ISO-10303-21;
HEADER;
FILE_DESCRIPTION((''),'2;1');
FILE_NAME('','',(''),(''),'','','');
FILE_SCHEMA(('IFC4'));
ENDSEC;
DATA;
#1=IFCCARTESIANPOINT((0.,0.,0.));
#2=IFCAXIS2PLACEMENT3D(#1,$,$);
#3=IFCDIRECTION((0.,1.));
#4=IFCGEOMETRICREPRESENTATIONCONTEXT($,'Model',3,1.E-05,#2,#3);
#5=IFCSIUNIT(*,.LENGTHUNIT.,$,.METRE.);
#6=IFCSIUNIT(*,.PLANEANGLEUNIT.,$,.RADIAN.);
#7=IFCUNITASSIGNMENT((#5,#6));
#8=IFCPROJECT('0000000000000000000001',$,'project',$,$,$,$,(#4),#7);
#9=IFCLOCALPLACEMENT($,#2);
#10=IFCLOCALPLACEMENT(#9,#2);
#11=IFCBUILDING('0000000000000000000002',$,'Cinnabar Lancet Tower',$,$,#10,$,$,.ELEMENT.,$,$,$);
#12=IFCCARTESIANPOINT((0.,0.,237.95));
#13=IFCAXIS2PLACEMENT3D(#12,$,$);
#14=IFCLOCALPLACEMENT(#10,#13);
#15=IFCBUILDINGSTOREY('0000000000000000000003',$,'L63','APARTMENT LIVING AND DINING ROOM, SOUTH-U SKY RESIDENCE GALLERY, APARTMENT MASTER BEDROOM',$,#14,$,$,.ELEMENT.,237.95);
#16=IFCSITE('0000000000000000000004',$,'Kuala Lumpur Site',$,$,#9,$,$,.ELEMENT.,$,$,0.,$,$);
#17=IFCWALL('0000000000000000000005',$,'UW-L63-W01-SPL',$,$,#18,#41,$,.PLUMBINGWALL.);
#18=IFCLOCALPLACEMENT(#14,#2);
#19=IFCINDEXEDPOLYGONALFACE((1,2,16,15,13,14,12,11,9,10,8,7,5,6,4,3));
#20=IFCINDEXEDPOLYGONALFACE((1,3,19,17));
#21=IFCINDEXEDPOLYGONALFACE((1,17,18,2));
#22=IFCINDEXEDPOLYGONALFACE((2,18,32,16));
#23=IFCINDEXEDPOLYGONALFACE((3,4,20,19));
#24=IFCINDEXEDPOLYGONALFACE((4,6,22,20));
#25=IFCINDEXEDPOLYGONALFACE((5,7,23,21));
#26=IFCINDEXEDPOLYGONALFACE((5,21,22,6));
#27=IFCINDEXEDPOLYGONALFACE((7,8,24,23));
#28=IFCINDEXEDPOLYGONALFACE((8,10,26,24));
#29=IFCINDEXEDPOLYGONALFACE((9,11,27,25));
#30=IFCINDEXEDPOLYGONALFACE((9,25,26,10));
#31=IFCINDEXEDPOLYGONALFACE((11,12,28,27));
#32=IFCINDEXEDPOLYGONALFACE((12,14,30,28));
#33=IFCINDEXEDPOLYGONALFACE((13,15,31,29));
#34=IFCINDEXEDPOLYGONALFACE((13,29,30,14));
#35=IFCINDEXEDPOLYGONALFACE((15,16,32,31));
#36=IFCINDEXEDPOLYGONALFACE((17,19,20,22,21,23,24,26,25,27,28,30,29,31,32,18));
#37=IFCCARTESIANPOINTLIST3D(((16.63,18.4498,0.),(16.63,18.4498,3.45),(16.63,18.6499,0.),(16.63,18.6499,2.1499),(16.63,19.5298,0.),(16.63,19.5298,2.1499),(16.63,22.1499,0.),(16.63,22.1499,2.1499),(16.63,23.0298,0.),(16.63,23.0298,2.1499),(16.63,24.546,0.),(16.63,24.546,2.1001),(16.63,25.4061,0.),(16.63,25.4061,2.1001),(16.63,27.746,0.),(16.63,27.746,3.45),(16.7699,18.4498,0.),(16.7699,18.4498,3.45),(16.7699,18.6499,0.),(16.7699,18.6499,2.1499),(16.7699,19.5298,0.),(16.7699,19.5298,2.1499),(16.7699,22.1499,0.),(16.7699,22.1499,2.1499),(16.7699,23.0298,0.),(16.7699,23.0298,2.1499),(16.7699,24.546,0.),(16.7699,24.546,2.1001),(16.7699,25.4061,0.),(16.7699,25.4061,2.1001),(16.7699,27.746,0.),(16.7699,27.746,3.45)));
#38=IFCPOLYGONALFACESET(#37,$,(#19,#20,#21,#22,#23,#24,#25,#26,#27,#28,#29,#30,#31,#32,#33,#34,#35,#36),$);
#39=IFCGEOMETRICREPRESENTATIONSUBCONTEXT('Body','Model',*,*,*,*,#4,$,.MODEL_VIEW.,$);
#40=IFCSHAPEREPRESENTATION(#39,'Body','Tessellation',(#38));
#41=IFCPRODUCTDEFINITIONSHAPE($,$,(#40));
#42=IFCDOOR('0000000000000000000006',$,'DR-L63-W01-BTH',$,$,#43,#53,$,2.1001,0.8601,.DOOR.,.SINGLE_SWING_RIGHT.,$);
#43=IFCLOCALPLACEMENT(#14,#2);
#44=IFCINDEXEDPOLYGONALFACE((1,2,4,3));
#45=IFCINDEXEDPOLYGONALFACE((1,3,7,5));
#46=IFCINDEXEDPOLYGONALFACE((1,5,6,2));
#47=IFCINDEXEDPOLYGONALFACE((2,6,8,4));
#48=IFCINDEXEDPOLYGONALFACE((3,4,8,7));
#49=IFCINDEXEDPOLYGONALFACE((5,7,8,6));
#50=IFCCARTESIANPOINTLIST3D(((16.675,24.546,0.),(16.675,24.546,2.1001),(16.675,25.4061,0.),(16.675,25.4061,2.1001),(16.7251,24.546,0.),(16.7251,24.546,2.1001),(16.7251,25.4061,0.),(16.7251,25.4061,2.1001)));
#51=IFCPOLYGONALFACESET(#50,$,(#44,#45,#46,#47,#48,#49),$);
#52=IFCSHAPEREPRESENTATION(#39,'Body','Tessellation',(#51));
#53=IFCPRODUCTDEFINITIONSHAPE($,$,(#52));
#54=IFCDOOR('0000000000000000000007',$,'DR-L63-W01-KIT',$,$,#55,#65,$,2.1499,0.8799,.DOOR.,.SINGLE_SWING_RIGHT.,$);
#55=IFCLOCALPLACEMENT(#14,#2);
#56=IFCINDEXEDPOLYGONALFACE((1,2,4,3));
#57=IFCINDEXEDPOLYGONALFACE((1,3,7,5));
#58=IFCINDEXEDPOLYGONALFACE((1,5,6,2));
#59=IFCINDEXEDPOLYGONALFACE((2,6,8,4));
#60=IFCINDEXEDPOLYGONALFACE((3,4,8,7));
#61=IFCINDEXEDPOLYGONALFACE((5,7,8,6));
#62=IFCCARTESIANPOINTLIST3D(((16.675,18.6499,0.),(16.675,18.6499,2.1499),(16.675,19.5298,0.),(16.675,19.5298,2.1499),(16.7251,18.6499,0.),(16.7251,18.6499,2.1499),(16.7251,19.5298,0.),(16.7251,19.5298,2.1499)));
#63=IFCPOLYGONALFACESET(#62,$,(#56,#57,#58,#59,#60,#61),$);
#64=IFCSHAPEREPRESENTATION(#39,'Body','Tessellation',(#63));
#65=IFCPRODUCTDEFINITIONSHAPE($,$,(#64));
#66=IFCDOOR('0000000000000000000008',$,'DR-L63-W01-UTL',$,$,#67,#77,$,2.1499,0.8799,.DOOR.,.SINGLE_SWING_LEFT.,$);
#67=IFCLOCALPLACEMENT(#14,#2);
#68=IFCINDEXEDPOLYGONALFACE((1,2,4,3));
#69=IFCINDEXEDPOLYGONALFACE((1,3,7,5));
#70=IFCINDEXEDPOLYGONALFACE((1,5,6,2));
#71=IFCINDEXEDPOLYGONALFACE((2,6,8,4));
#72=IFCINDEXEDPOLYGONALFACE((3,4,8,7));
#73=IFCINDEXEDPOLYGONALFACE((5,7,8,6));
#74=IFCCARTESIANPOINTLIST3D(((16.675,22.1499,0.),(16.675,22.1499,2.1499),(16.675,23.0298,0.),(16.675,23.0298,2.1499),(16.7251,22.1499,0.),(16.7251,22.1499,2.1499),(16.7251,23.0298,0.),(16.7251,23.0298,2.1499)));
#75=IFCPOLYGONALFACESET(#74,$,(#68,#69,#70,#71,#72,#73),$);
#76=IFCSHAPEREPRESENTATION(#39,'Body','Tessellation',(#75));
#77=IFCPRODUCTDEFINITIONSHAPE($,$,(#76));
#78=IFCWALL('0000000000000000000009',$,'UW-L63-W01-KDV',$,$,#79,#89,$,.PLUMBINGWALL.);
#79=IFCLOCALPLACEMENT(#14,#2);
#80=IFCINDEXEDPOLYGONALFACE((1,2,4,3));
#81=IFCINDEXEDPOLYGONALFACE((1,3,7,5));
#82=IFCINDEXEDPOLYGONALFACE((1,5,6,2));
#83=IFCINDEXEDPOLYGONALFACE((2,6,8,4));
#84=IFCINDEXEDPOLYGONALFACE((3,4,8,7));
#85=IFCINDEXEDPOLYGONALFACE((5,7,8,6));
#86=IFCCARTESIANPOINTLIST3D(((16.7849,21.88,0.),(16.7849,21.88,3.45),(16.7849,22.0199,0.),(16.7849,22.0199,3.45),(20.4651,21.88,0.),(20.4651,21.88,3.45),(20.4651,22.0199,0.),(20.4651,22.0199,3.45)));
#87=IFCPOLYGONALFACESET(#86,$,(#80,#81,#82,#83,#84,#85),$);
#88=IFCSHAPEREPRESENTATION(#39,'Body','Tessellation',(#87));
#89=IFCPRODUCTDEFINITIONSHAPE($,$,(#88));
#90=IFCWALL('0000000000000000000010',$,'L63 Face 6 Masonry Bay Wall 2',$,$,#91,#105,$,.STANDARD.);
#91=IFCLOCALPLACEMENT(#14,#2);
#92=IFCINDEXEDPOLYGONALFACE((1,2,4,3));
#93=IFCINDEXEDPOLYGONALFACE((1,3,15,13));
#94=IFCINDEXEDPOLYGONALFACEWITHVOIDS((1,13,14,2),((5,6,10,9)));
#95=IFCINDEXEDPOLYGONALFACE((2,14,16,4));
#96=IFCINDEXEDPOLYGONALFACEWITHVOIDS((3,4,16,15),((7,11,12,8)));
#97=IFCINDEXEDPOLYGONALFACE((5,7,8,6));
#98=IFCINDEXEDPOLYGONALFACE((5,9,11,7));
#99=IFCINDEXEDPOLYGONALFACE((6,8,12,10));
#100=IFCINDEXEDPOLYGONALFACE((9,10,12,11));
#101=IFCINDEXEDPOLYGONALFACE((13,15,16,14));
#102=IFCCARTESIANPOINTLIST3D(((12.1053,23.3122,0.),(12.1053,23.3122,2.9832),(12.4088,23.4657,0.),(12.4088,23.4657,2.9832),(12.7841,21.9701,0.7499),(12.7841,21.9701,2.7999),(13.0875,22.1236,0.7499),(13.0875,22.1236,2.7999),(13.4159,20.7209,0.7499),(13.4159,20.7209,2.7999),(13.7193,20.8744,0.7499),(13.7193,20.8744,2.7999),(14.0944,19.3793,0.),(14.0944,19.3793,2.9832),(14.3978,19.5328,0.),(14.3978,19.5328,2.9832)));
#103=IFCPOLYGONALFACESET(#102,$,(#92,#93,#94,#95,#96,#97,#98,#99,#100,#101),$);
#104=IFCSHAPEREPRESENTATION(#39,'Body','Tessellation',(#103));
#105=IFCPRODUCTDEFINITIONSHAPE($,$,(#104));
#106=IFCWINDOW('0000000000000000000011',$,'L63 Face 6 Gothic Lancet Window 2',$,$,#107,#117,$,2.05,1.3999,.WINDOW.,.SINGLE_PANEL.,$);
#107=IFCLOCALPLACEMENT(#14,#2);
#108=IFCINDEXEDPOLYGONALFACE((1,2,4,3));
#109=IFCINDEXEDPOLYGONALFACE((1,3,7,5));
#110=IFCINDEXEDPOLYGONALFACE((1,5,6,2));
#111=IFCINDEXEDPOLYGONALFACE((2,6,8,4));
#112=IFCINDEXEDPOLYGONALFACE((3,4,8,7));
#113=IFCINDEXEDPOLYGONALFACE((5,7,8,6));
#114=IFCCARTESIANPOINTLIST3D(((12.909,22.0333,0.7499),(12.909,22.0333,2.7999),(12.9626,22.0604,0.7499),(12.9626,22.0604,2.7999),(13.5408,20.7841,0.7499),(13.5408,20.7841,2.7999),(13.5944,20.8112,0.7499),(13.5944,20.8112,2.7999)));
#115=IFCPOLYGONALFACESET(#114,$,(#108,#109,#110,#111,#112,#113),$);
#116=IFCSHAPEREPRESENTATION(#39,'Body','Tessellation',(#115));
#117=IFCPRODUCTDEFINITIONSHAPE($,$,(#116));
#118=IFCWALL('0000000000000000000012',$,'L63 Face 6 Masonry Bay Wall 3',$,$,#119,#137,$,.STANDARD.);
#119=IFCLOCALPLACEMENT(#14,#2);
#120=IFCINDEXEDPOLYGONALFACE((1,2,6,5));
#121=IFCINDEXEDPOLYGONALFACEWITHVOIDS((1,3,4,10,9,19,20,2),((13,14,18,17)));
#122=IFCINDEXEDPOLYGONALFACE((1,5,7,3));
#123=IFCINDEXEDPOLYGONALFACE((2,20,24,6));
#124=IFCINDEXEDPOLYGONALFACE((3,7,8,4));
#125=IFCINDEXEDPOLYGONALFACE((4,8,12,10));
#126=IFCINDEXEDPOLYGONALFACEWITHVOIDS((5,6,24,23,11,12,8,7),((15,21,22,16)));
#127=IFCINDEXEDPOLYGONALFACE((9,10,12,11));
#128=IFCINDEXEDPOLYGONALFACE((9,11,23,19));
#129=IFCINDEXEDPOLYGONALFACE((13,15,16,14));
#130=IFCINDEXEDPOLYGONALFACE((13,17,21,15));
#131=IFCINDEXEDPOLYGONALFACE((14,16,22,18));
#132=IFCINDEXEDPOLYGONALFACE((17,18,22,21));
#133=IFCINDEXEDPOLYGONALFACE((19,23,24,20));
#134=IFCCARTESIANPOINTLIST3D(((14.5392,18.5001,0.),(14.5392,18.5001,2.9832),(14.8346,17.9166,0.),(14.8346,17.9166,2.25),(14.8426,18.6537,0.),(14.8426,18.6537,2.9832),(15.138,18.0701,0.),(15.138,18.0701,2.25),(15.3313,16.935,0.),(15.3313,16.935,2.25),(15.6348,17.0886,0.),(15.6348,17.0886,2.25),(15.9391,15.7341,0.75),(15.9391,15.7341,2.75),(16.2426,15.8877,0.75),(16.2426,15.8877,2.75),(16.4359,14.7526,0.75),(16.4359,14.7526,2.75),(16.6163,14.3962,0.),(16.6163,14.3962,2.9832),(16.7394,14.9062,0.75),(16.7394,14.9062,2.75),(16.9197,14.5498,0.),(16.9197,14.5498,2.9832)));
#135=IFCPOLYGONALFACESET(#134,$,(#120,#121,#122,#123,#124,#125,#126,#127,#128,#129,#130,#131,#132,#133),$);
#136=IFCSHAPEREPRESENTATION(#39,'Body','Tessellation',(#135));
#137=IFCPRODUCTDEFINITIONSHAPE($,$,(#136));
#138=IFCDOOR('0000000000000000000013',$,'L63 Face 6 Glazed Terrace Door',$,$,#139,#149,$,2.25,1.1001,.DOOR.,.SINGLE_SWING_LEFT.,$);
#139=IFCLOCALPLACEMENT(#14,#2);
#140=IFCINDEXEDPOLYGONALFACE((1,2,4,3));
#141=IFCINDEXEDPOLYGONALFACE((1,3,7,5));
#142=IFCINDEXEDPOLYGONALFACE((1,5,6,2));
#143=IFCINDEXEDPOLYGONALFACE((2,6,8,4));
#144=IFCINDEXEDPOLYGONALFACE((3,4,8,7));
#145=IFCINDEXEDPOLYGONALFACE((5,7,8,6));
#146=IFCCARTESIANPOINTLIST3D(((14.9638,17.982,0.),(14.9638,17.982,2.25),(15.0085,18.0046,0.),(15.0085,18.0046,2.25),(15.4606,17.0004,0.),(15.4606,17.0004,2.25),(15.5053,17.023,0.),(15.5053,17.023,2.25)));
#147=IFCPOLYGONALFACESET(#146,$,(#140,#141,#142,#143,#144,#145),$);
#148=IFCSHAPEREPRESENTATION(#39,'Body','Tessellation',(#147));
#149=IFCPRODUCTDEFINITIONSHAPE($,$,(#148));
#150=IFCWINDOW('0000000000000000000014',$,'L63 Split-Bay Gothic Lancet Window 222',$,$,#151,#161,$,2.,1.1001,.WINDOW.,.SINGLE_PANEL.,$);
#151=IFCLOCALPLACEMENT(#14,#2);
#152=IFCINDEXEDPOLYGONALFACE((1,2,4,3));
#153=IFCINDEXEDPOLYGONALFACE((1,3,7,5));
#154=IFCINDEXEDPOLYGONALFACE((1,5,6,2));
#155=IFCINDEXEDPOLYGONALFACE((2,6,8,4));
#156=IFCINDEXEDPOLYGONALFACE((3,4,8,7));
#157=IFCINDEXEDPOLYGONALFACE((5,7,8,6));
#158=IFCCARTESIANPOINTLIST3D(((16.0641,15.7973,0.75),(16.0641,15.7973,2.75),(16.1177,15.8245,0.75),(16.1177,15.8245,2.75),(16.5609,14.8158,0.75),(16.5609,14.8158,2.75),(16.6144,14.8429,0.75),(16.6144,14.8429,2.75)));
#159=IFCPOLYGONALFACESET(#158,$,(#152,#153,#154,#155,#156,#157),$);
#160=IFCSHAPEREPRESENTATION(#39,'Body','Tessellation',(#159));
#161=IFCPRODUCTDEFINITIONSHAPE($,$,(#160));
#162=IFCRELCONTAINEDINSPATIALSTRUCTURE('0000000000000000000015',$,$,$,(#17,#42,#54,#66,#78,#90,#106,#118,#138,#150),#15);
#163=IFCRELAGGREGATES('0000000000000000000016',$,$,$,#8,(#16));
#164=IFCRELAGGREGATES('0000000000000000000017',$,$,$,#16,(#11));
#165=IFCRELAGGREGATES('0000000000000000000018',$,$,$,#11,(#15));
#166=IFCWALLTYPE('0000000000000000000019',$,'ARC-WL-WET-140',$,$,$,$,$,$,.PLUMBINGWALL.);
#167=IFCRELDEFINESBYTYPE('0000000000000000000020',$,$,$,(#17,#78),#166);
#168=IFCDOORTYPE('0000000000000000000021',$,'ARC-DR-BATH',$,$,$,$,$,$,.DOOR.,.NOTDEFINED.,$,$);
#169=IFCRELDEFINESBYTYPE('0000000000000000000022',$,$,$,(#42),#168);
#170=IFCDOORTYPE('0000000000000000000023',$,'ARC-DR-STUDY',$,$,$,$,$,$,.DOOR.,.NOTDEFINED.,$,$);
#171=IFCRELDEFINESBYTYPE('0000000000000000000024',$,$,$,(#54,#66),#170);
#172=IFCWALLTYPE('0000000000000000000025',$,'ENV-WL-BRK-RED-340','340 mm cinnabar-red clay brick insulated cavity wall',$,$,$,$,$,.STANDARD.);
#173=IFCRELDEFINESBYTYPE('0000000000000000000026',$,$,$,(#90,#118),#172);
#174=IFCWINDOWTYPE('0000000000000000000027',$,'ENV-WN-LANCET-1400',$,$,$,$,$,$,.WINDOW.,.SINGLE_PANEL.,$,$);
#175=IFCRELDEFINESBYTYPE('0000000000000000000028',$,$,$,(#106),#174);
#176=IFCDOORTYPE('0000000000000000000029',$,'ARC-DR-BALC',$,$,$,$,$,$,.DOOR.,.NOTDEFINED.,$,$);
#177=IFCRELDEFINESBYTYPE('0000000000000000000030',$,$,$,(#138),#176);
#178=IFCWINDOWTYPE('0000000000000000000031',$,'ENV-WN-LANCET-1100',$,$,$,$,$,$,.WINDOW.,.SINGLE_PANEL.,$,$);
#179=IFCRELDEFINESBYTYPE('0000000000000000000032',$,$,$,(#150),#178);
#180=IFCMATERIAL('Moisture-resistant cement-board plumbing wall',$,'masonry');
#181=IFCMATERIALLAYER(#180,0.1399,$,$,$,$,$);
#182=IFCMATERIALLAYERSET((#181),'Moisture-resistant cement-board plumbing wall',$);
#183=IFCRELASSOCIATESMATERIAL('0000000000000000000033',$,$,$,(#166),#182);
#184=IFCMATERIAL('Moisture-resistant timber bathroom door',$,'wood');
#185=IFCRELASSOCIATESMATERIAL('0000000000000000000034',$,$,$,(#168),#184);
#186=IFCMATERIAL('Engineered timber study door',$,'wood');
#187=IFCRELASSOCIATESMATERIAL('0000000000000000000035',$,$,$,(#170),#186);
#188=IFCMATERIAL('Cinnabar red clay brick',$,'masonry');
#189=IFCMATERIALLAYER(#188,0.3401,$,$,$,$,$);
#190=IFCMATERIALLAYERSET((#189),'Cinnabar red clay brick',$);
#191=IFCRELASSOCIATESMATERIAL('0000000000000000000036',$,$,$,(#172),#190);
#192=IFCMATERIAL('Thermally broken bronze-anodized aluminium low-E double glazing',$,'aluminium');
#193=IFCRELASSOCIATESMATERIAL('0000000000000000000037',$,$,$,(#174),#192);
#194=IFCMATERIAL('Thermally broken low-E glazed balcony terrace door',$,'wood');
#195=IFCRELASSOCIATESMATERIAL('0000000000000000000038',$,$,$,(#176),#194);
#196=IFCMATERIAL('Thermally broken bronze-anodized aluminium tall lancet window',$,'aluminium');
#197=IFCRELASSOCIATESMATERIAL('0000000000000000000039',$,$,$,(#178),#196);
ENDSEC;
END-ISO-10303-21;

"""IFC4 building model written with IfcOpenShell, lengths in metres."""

from ifc_helpers import new_model, si_unit, direction, frame, frame_2d, origin, place, context, subcontext, project, spatial, rectangle, extrude, material, layer, layer_set, type_object, element, fill, save


model = new_model("IFC4")

# Units and contexts
model_context = context("Model", 3, precision=1e-05, world=origin(), true_north=direction((0.0, 1.0)))
body_context = subcontext(model_context, "Body", "Model", "MODEL_VIEW")
ifc_project = project(units=[si_unit("LENGTHUNIT", "METRE"), si_unit("PLANEANGLEUNIT", "RADIAN")], contexts=[model_context])

# Site, building, storey
site_placement = place(None, origin())
site = spatial("IfcSite", under=ifc_project, at=site_placement, Name="Kuala Lumpur Site", CompositionType="ELEMENT", RefElevation=0.0)
building_placement = place(site_placement, origin())
building = spatial("IfcBuilding", under=site, at=building_placement, Name="Cinnabar Lancet Tower", CompositionType="ELEMENT")
storey_placement = place(building_placement, frame((0.0, 0.0, 237.95)))
storey = spatial("IfcBuildingStorey", under=building, at=storey_placement, Name="L63", Description="APARTMENT LIVING AND DINING ROOM, SOUTH-U SKY RESIDENCE GALLERY, APARTMENT MASTER BEDROOM", CompositionType="ELEMENT", Elevation=237.95)

# Wall, openings, doors
ifc_material_1 = material(Name="Moisture-resistant cement-board plumbing wall", Category="masonry")
ifc_layer_1 = layer(ifc_material_1, 0.1399)
ifc_layer_set_1 = layer_set([ifc_layer_1], Name="Moisture-resistant cement-board plumbing wall")
wall_type_1 = type_object("IfcWallType", Name="ARC-WL-WET-140", PredefinedType="PLUMBINGWALL", material=ifc_layer_set_1)
wall_1_placement = place(storey_placement, frame((16.7, 18.45, 0.0), z_axis=(0.0, 0.0, 1.0), x_axis=(0.0, 1.0, 0.0)))
wall_1 = element("IfcWall", 1, at=wall_1_placement, inside=storey, type_object=wall_type_1, Name="UW-L63-W01-SPL", PredefinedType="PLUMBINGWALL", context=body_context, shape_type="SweptSolid", body=[
    extrude(rectangle(XDim=9.2961, YDim=0.1399, at=frame_2d((4.6479, 0.0))), origin(), (0.0, 0.0, 1.0), 3.45),
])
opening_1_placement = place(wall_1_placement, frame((0.2, 0.0, 0.0)))
opening_1 = element("IfcOpeningElement", 2, at=opening_1_placement, cuts=wall_1, PredefinedType="OPENING", context=body_context, shape_type="SweptSolid", body=[
    extrude(rectangle(XDim=0.8799, YDim=2.1499, at=frame_2d((0.4399, 1.075))), frame((0.0, 0.0798, 0.0), z_axis=(0.0, -1.0, 0.0), x_axis=(1.0, 0.0, 0.0)), (0.0, 0.0, 1.0), 0.1599),
])
opening_2_placement = place(wall_1_placement, frame((3.7, 0.0, 0.0)))
opening_2 = element("IfcOpeningElement", 3, at=opening_2_placement, cuts=wall_1, PredefinedType="OPENING", context=body_context, shape_type="SweptSolid", body=[
    extrude(rectangle(XDim=0.8799, YDim=2.1499, at=frame_2d((0.4399, 1.075))), frame((0.0, 0.0798, 0.0), z_axis=(0.0, -1.0, 0.0), x_axis=(1.0, 0.0, 0.0)), (0.0, 0.0, 1.0), 0.1599),
])
opening_3_placement = place(wall_1_placement, frame((6.0959, 0.0, 0.0)))
opening_3 = element("IfcOpeningElement", 4, at=opening_3_placement, cuts=wall_1, PredefinedType="OPENING", context=body_context, shape_type="SweptSolid", body=[
    extrude(rectangle(XDim=0.8601, YDim=2.1001, at=frame_2d((0.4302, 1.05))), frame((0.0, 0.0798, 0.0), z_axis=(0.0, -1.0, 0.0), x_axis=(1.0, 0.0, 0.0)), (0.0, 0.0, 1.0), 0.1599),
])
ifc_material_2 = material(Name="Moisture-resistant timber bathroom door", Category="wood")
door_type_1 = type_object("IfcDoorType", Name="ARC-DR-BATH", OperationType="NOTDEFINED", PredefinedType="DOOR", material=ifc_material_2)
door_1_placement = place(opening_3_placement, origin())
door_1 = element("IfcDoor", 5, at=door_1_placement, inside=storey, type_object=door_type_1, Name="DR-L63-W01-BTH", OperationType="SINGLE_SWING_RIGHT", OverallHeight=2.1001, OverallWidth=0.8601, PredefinedType="DOOR", context=body_context, shape_type="SweptSolid", body=[
    extrude(rectangle(XDim=0.8601, YDim=2.1001, at=frame_2d((0.4302, 1.05))), frame((0.0, 0.0249, 0.0), z_axis=(0.0, -1.0, 0.0), x_axis=(1.0, 0.0, 0.0)), (0.0, 0.0, 1.0), 0.05),
])
fill(opening_3, door_1)
ifc_material_3 = material(Name="Engineered timber study door", Category="wood")
door_type_2 = type_object("IfcDoorType", Name="ARC-DR-STUDY", OperationType="NOTDEFINED", PredefinedType="DOOR", material=ifc_material_3)
door_2_placement = place(opening_1_placement, origin())
door_2 = element("IfcDoor", 6, at=door_2_placement, inside=storey, type_object=door_type_2, Name="DR-L63-W01-KIT", OperationType="SINGLE_SWING_RIGHT", OverallHeight=2.1499, OverallWidth=0.8799, PredefinedType="DOOR", context=body_context, shape_type="SweptSolid", body=[
    extrude(rectangle(XDim=0.8799, YDim=2.1499, at=frame_2d((0.4399, 1.075))), frame((0.0, 0.0249, 0.0), z_axis=(0.0, -1.0, 0.0), x_axis=(1.0, 0.0, 0.0)), (0.0, 0.0, 1.0), 0.05),
])
fill(opening_1, door_2)
door_3_placement = place(opening_2_placement, origin())
door_3 = element("IfcDoor", 7, at=door_3_placement, inside=storey, type_object=door_type_2, Name="DR-L63-W01-UTL", OperationType="SINGLE_SWING_LEFT", OverallHeight=2.1499, OverallWidth=0.8799, PredefinedType="DOOR", context=body_context, shape_type="SweptSolid", body=[
    extrude(rectangle(XDim=0.8799, YDim=2.1499, at=frame_2d((0.4399, 1.075))), frame((0.0, 0.0249, 0.0), z_axis=(0.0, -1.0, 0.0), x_axis=(1.0, 0.0, 0.0)), (0.0, 0.0, 1.0), 0.05),
])
fill(opening_2, door_3)

# Wall
wall_2_placement = place(storey_placement, frame((16.7849, 21.95, 0.0), z_axis=(0.0, 0.0, 1.0), x_axis=(1.0, 0.0, 0.0)))
element("IfcWall", 8, at=wall_2_placement, inside=storey, type_object=wall_type_1, Name="UW-L63-W01-KDV", PredefinedType="PLUMBINGWALL", context=body_context, shape_type="SweptSolid", body=[
    extrude(rectangle(XDim=3.6802, YDim=0.1399, at=frame_2d((1.8401, 0.0))), origin(), (0.0, 0.0, 1.0), 3.45),
])

# Wall, opening, window
ifc_material_4 = material(Name="Cinnabar red clay brick", Category="masonry")
ifc_layer_2 = layer(ifc_material_4, 0.3401)
ifc_layer_set_2 = layer_set([ifc_layer_2], Name="Cinnabar red clay brick")
wall_type_2 = type_object("IfcWallType", Name="ENV-WL-BRK-RED-340", Description="340 mm cinnabar-red clay brick insulated cavity wall", PredefinedType="STANDARD", material=ifc_layer_set_2)
wall_3_placement = place(storey_placement, frame((12.2571, 23.3889, 0.0), z_axis=(0.0, 0.0, 1.0), x_axis=(0.451308, -0.892368, 0.0)))
wall_3 = element("IfcWall", 9, at=wall_3_placement, inside=storey, type_object=wall_type_2, Name="L63 Face 6 Masonry Bay Wall 2", PredefinedType="STANDARD", context=body_context, shape_type="SweptSolid", body=[
    extrude(rectangle(XDim=4.4072, YDim=0.3401, at=frame_2d((2.2036, 0.0))), origin(), (0.0, 0.0, 1.0), 2.9832),
])
opening_4_placement = place(wall_3_placement, frame((1.5039, 0.0, 0.75)))
opening_4 = element("IfcOpeningElement", 10, at=opening_4_placement, cuts=wall_3, PredefinedType="OPENING", context=body_context, shape_type="SweptSolid", body=[
    extrude(rectangle(XDim=1.3999, YDim=2.05, at=frame_2d((0.7, 1.0249))), frame((0.0, 0.1799, 0.0), z_axis=(0.0, -1.0, 0.0), x_axis=(1.0, 0.0, 0.0)), (0.0, 0.0, 1.0), 0.3601),
])
ifc_material_5 = material(Name="Thermally broken bronze-anodized aluminium low-E double glazing", Category="aluminium")
window_type_1 = type_object("IfcWindowType", Name="ENV-WN-LANCET-1400", PartitioningType="SINGLE_PANEL", PredefinedType="WINDOW", material=ifc_material_5)
window_1_placement = place(opening_4_placement, origin())
window_1 = element("IfcWindow", 11, at=window_1_placement, inside=storey, type_object=window_type_1, Name="L63 Face 6 Gothic Lancet Window 2", OverallHeight=2.05, OverallWidth=1.3999, PartitioningType="SINGLE_PANEL", PredefinedType="WINDOW", context=body_context, shape_type="SweptSolid", body=[
    extrude(rectangle(XDim=1.3999, YDim=2.05, at=frame_2d((0.7, 1.0249))), frame((0.0, 0.03, 0.0), z_axis=(0.0, -1.0, 0.0), x_axis=(1.0, 0.0, 0.0)), (0.0, 0.0, 1.0), 0.0601),
])
fill(opening_4, window_1)

# Wall, openings, door, window
wall_4_placement = place(storey_placement, frame((14.6909, 18.5769, 0.0), z_axis=(0.0, 0.0, 1.0), x_axis=(0.451582, -0.89223, 0.0)))
wall_4 = element("IfcWall", 12, at=wall_4_placement, inside=storey, type_object=wall_type_2, Name="L63 Face 6 Masonry Bay Wall 3", PredefinedType="STANDARD", context=body_context, shape_type="SweptSolid", body=[
    extrude(rectangle(XDim=4.5996, YDim=0.3401, at=frame_2d((2.2998, 0.0))), origin(), (0.0, 0.0, 1.0), 2.9832),
])
opening_5_placement = place(wall_4_placement, frame((0.6541, 0.0, 0.0)))
opening_5 = element("IfcOpeningElement", 13, at=opening_5_placement, cuts=wall_4, PredefinedType="OPENING", context=body_context, shape_type="SweptSolid", body=[
    extrude(rectangle(XDim=1.1001, YDim=2.25, at=frame_2d((0.55, 1.125))), frame((0.0, 0.1799, 0.0), z_axis=(0.0, -1.0, 0.0), x_axis=(1.0, 0.0, 0.0)), (0.0, 0.0, 1.0), 0.3601),
])
opening_6_placement = place(wall_4_placement, frame((3.1001, 0.0, 0.75)))
opening_6 = element("IfcOpeningElement", 14, at=opening_6_placement, cuts=wall_4, PredefinedType="OPENING", context=body_context, shape_type="SweptSolid", body=[
    extrude(rectangle(XDim=1.1001, YDim=2.0, at=frame_2d((0.55, 1.0))), frame((0.0, 0.1799, 0.0), z_axis=(0.0, -1.0, 0.0), x_axis=(1.0, 0.0, 0.0)), (0.0, 0.0, 1.0), 0.3601),
])
ifc_material_6 = material(Name="Thermally broken low-E glazed balcony terrace door", Category="wood")
door_type_3 = type_object("IfcDoorType", Name="ARC-DR-BALC", OperationType="NOTDEFINED", PredefinedType="DOOR", material=ifc_material_6)
door_4_placement = place(opening_5_placement, origin())
door_4 = element("IfcDoor", 15, at=door_4_placement, inside=storey, type_object=door_type_3, Name="L63 Face 6 Glazed Terrace Door", OperationType="SINGLE_SWING_LEFT", OverallHeight=2.25, OverallWidth=1.1001, PredefinedType="DOOR", context=body_context, shape_type="SweptSolid", body=[
    extrude(rectangle(XDim=1.1001, YDim=2.25, at=frame_2d((0.55, 1.125))), frame((0.0, 0.0249, 0.0), z_axis=(0.0, -1.0, 0.0), x_axis=(1.0, 0.0, 0.0)), (0.0, 0.0, 1.0), 0.05),
])
fill(opening_5, door_4)
ifc_material_7 = material(Name="Thermally broken bronze-anodized aluminium tall lancet window", Category="aluminium")
window_type_2 = type_object("IfcWindowType", Name="ENV-WN-LANCET-1100", PartitioningType="SINGLE_PANEL", PredefinedType="WINDOW", material=ifc_material_7)
window_2_placement = place(opening_6_placement, origin())
window_2 = element("IfcWindow", 16, at=window_2_placement, inside=storey, type_object=window_type_2, Name="L63 Split-Bay Gothic Lancet Window 222", OverallHeight=2.0, OverallWidth=1.1001, PartitioningType="SINGLE_PANEL", PredefinedType="WINDOW", context=body_context, shape_type="SweptSolid", body=[
    extrude(rectangle(XDim=1.1001, YDim=2.0, at=frame_2d((0.55, 1.0))), frame((0.0, 0.03, 0.0), z_axis=(0.0, -1.0, 0.0), x_axis=(1.0, 0.0, 0.0)), (0.0, 0.0, 1.0), 0.0601),
])
fill(opening_6, window_2)

save(model, "model.ifc")
